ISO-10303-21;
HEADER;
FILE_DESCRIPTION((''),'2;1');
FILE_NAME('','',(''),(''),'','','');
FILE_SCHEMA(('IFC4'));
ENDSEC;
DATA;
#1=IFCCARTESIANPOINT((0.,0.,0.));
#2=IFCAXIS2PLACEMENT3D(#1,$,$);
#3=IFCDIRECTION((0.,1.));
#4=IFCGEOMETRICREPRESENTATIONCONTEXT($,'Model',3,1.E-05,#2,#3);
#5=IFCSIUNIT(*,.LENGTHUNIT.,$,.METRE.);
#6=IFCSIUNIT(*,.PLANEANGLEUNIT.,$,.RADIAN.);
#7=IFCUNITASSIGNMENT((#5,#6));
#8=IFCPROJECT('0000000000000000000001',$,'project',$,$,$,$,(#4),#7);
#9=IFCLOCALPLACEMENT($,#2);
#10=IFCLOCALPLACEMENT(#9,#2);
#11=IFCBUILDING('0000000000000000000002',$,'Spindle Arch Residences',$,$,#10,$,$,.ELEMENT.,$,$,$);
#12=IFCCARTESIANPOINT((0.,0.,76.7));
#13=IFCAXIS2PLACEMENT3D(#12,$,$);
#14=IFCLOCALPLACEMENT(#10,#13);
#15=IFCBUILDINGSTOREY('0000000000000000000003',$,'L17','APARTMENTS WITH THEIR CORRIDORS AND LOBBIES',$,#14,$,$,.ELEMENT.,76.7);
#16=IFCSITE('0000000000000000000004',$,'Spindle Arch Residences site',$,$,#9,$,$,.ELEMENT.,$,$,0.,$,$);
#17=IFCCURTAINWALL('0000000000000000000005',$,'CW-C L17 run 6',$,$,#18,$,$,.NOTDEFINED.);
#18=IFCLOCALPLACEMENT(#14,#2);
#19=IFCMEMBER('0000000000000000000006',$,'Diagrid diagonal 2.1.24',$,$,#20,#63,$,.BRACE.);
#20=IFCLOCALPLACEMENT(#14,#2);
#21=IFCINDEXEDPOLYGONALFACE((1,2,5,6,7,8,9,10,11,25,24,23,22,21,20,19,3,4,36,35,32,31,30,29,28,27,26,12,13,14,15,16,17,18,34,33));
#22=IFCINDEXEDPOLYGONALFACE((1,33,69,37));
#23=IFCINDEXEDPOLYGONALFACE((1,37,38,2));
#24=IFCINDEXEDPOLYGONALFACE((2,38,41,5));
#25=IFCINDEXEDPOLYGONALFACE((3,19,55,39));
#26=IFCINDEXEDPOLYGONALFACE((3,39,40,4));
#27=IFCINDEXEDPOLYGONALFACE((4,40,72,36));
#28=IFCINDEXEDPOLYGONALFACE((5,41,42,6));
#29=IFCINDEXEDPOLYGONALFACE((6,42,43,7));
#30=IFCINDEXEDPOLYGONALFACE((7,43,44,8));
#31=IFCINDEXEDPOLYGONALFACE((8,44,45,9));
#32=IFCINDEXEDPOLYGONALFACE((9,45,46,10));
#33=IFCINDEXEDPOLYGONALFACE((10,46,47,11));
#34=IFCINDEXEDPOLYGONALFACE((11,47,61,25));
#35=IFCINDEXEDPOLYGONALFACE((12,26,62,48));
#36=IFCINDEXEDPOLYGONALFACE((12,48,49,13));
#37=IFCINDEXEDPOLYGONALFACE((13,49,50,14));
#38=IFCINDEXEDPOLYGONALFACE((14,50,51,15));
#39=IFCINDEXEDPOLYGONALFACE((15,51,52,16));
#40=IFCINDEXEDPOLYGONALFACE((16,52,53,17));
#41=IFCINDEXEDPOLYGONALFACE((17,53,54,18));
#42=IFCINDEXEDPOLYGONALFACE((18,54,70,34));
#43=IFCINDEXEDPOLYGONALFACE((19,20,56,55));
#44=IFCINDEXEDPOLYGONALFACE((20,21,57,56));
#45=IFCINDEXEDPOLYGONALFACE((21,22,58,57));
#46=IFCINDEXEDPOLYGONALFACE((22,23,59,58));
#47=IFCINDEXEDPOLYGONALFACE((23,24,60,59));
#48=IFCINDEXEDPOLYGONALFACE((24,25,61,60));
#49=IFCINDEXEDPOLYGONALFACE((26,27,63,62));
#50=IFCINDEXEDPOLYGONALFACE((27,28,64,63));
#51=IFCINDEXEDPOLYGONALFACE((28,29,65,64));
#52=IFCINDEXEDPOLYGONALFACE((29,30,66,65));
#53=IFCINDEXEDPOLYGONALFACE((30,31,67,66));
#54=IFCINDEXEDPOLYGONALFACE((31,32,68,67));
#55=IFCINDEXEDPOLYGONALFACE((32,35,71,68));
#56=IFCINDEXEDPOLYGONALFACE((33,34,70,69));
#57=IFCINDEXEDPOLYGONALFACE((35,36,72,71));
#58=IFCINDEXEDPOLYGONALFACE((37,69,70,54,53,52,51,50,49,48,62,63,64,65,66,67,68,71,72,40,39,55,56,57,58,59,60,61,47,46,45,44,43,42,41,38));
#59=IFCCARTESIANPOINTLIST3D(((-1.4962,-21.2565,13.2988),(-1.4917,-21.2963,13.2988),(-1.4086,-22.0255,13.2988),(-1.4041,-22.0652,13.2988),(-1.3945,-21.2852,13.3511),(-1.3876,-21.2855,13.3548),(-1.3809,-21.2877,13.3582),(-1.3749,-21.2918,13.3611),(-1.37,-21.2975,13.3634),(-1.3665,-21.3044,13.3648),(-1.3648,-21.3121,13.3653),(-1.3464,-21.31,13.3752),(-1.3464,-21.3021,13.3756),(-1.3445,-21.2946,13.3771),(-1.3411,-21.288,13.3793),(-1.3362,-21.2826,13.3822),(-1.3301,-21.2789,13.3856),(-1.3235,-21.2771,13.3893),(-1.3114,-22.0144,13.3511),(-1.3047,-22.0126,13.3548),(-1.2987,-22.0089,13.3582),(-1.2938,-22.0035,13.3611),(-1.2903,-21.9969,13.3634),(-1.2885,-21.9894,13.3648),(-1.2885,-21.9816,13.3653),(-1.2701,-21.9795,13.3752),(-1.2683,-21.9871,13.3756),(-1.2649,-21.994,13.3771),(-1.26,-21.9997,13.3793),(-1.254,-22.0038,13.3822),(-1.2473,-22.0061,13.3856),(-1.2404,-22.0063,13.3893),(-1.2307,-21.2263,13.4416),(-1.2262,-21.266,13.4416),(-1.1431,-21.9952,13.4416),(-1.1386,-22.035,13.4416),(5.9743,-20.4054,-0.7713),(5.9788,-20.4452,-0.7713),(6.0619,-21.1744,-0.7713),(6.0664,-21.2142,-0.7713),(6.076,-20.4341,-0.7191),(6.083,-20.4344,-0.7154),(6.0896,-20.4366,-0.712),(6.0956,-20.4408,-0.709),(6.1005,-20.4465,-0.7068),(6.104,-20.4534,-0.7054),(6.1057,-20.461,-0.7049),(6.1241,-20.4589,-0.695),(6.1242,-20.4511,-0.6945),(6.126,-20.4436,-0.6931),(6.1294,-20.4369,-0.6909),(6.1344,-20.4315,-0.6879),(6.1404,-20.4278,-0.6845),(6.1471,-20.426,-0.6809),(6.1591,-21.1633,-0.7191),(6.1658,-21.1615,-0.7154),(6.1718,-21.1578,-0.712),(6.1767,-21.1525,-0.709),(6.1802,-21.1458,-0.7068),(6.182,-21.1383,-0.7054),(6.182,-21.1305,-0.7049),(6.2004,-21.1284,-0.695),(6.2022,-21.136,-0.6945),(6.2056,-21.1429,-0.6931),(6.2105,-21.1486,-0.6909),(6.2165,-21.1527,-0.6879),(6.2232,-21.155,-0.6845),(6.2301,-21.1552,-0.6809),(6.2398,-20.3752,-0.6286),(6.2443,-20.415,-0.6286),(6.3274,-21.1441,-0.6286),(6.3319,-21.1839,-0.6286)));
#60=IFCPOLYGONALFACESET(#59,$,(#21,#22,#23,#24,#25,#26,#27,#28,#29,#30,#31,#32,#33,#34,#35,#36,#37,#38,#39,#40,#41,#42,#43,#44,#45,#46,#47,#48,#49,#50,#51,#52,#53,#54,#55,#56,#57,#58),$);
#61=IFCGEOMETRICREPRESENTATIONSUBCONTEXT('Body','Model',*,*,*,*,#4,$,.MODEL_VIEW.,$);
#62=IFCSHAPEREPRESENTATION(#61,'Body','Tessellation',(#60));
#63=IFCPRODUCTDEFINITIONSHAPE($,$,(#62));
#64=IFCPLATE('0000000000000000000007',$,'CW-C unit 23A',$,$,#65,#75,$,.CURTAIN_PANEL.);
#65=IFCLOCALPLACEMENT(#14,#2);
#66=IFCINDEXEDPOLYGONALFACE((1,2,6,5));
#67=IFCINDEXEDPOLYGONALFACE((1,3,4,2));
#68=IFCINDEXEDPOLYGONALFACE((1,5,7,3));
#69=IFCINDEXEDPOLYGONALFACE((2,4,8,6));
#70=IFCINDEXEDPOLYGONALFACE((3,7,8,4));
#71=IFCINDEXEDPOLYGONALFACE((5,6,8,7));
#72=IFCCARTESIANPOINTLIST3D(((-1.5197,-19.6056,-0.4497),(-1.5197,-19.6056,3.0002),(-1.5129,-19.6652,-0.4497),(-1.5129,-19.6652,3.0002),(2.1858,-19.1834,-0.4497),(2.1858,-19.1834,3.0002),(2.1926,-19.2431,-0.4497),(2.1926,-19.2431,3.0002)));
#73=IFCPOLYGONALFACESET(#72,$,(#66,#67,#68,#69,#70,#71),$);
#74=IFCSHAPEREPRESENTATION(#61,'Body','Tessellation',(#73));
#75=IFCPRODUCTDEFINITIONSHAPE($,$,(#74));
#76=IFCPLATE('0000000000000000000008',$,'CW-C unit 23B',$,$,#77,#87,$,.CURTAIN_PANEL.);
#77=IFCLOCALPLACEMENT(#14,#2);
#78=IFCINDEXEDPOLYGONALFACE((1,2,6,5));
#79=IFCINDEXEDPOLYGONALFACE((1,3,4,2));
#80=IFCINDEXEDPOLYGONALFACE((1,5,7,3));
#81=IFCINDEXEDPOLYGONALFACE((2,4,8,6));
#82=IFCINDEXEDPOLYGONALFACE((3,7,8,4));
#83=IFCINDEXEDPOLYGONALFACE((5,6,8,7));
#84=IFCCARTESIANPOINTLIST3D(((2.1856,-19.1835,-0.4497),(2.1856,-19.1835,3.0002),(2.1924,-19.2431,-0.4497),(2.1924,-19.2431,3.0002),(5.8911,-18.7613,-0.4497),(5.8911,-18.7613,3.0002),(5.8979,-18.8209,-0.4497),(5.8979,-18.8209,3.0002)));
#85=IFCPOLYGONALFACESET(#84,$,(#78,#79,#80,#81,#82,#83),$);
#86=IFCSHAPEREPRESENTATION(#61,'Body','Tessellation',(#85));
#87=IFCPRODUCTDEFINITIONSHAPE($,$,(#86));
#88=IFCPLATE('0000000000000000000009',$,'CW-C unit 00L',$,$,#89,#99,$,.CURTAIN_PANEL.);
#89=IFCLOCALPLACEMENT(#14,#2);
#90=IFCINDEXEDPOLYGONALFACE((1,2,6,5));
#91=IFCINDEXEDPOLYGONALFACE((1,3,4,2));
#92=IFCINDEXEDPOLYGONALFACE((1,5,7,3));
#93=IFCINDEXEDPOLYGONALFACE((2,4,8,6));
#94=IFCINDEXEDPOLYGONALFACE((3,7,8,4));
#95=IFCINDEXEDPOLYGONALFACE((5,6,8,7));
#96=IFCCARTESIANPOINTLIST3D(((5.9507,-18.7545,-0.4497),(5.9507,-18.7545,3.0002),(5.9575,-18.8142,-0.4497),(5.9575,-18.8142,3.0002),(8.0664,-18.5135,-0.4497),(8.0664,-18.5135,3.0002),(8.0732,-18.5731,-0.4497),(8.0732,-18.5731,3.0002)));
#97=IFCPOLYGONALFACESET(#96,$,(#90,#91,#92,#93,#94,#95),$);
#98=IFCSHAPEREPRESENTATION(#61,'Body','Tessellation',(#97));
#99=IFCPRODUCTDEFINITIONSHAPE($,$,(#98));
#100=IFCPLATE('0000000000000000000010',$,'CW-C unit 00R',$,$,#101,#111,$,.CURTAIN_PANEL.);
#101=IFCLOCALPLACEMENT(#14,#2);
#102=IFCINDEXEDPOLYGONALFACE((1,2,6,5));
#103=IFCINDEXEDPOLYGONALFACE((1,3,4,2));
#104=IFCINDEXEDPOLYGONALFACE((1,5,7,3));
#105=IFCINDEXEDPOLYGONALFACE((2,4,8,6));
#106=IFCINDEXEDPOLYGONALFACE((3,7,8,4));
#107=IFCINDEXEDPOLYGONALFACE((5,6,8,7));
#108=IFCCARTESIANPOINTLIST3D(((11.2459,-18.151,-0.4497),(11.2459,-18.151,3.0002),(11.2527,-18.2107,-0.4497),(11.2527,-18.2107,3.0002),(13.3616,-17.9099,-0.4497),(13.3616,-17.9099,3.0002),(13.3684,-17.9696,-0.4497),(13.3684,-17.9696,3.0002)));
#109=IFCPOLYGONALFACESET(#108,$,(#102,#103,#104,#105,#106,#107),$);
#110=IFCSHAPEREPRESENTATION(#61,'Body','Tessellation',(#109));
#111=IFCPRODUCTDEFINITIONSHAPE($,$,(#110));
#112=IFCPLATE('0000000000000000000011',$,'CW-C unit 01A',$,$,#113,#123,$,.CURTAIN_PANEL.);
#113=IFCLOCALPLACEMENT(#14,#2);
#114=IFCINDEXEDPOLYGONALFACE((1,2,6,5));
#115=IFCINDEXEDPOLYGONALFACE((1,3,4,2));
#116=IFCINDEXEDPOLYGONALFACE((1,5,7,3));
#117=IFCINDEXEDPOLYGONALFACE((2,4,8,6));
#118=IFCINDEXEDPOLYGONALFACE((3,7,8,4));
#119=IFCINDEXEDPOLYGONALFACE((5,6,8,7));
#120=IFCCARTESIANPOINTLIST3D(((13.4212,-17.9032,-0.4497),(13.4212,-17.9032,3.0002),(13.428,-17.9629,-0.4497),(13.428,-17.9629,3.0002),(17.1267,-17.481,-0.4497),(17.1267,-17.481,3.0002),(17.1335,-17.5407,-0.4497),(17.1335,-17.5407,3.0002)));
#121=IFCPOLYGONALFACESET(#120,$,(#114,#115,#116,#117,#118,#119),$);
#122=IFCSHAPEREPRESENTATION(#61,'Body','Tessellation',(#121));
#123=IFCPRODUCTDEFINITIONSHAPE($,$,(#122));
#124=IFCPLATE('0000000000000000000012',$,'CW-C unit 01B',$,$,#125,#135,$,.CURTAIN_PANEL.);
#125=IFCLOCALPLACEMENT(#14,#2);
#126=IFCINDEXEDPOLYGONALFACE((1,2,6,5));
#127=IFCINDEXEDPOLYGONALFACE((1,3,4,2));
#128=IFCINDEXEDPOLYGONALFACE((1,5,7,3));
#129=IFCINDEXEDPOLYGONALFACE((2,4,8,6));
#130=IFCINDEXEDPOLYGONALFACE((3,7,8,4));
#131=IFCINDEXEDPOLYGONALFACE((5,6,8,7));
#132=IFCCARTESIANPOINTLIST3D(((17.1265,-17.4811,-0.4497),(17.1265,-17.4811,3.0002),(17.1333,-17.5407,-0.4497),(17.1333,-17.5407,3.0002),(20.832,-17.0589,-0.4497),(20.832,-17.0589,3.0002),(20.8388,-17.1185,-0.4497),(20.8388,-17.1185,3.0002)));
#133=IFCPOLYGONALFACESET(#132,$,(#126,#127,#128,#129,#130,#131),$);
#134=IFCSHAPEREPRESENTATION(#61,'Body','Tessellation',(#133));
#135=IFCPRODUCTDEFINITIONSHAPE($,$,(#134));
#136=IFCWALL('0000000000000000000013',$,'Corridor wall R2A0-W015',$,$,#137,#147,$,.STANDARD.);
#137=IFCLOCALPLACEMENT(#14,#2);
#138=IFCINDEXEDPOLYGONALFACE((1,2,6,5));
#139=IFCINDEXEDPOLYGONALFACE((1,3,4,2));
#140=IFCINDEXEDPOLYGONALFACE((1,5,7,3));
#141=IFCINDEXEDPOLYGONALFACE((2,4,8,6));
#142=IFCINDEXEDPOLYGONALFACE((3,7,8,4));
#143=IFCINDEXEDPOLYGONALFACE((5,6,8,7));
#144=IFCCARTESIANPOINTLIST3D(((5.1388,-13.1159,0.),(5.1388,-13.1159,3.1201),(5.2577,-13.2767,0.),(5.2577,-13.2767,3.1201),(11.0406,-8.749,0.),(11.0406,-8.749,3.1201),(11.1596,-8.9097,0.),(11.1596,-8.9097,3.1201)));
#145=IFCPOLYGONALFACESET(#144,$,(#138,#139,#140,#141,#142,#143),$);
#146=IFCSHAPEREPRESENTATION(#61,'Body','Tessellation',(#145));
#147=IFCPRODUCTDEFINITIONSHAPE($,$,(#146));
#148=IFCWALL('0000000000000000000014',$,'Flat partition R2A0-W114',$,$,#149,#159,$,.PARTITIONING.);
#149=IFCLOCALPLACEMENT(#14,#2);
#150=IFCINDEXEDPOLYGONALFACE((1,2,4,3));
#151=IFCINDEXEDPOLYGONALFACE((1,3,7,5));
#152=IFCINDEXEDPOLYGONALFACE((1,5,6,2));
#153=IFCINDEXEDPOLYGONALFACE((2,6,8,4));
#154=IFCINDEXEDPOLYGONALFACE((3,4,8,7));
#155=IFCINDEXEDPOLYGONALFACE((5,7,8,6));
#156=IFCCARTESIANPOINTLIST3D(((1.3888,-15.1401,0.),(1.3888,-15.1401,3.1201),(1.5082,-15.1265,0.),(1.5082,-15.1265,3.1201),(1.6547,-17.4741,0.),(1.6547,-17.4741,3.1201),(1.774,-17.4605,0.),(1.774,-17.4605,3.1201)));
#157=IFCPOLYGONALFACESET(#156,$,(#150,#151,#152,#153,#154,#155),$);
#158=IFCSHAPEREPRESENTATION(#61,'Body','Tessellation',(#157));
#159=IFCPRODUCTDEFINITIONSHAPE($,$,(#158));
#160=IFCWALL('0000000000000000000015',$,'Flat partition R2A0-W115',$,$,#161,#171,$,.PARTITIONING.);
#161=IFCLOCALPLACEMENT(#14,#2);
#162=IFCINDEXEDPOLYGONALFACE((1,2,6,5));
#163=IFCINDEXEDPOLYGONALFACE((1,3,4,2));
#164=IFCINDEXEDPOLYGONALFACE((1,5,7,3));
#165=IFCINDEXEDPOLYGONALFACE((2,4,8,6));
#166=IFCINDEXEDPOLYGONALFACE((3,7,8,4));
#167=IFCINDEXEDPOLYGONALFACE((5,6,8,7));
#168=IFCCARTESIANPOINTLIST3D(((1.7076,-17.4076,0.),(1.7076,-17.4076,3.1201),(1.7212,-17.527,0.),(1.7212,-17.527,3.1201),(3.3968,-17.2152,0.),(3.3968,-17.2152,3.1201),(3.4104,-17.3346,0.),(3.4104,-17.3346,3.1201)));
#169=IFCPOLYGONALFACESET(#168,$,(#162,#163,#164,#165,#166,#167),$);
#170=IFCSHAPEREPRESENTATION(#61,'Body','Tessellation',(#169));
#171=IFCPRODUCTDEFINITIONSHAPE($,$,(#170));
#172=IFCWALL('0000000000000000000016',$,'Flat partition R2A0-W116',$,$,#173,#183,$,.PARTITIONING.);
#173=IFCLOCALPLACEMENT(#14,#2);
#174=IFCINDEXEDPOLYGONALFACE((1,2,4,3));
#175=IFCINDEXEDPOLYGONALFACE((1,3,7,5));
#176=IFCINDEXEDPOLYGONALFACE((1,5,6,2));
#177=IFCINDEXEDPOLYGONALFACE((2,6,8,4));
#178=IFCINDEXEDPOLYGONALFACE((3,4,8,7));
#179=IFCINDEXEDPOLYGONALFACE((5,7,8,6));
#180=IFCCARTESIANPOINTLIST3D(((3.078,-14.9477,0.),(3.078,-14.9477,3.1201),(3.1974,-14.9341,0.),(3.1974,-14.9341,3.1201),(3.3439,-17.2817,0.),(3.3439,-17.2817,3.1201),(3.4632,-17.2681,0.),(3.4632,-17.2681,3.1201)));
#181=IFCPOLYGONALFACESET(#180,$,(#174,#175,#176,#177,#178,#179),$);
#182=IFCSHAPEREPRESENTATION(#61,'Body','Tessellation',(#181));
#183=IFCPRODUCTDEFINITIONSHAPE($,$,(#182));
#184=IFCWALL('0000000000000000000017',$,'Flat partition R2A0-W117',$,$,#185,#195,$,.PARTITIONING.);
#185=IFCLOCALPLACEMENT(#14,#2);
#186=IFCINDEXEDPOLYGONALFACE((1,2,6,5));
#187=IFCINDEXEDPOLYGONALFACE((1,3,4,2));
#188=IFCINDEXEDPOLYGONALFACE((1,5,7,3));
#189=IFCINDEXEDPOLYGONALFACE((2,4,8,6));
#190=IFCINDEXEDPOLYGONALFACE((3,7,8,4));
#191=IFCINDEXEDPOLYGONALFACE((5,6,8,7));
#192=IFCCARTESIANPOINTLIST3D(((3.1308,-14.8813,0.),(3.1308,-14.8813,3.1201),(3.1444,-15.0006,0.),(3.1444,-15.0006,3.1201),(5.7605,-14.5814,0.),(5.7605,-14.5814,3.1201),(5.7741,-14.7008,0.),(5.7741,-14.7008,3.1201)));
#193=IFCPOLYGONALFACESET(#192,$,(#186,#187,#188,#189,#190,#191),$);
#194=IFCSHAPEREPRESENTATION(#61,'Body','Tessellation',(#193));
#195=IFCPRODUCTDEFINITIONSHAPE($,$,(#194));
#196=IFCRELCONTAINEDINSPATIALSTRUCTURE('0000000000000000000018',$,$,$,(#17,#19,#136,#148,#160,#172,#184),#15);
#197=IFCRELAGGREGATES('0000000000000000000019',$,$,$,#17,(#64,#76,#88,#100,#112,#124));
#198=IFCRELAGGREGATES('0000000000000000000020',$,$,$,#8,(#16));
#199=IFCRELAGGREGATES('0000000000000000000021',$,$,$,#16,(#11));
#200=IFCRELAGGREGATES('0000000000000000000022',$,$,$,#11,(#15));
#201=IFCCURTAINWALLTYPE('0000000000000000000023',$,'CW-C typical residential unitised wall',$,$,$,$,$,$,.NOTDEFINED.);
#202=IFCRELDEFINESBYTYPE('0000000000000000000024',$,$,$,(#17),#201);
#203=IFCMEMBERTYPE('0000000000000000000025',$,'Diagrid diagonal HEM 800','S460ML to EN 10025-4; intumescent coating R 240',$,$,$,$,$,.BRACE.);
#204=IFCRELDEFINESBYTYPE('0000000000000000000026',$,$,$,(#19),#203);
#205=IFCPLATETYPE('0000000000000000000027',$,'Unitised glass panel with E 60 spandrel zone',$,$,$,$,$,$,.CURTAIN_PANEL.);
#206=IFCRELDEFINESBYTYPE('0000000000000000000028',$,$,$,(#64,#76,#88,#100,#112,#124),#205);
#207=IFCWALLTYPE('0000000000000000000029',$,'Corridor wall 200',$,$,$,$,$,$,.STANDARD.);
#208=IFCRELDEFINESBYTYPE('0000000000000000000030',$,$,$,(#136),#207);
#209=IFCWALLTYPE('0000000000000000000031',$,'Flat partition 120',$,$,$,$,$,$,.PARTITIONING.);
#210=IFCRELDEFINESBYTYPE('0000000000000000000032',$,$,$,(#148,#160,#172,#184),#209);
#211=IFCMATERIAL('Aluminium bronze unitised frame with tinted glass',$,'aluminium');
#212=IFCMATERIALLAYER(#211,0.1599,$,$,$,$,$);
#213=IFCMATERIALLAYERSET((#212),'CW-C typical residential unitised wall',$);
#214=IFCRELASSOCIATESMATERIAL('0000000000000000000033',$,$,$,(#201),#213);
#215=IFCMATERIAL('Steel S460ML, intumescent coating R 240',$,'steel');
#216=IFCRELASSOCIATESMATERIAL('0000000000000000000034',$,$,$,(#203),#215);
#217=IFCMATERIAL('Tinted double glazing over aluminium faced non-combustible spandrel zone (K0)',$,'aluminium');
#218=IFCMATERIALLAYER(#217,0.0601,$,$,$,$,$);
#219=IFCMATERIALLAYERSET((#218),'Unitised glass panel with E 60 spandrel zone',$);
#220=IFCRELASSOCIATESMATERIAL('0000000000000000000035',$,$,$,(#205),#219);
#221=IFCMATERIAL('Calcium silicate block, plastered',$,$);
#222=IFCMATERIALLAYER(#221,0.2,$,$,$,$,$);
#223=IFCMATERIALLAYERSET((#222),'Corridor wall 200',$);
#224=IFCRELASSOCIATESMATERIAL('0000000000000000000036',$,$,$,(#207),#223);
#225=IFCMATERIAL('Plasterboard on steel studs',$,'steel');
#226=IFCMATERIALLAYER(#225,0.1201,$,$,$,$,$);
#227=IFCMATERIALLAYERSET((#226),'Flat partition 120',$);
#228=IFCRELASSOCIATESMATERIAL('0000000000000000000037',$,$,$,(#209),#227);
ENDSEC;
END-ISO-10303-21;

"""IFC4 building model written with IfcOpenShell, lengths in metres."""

from ifc_helpers import new_model, si_unit, direction, frame, frame_2d, origin, origin_2d, place, context, subcontext, project, spatial, rectangle, i_section, extrude, material, layer, layer_set, material_profile, profile_set, type_object, element, aggregate, save


model = new_model("IFC4")

# Units and contexts
model_context = context("Model", 3, precision=1e-05, world=origin(), true_north=direction((0.0, 1.0)))
body_context = subcontext(model_context, "Body", "Model", "MODEL_VIEW")
ifc_project = project(units=[si_unit("LENGTHUNIT", "METRE"), si_unit("PLANEANGLEUNIT", "RADIAN")], contexts=[model_context])

# Site, building, storey
site_placement = place(None, origin())
site = spatial("IfcSite", under=ifc_project, at=site_placement, Name="Spindle Arch Residences site", CompositionType="ELEMENT", RefElevation=0.0)
building_placement = place(site_placement, origin())
building = spatial("IfcBuilding", under=site, at=building_placement, Name="Spindle Arch Residences", CompositionType="ELEMENT")
storey_placement = place(building_placement, frame((0.0, 0.0, 76.7)))
storey = spatial("IfcBuildingStorey", under=building, at=storey_placement, Name="L17", Description="APARTMENTS WITH THEIR CORRIDORS AND LOBBIES", CompositionType="ELEMENT", Elevation=76.7)

# Curtain wall
ifc_material_1 = material(Name="Aluminium bronze unitised frame with tinted glass", Category="aluminium")
ifc_layer_1 = layer(ifc_material_1, 0.1599)
ifc_layer_set_1 = layer_set([ifc_layer_1], Name="CW-C typical residential unitised wall")
curtain_wall_type = type_object("IfcCurtainWallType", Name="CW-C typical residential unitised wall", PredefinedType="NOTDEFINED", material=ifc_layer_set_1)
curtain_wall_placement = place(storey_placement, origin())
curtain_wall = element("IfcCurtainWall", 1, at=curtain_wall_placement, inside=storey, type_object=curtain_wall_type, Name="CW-C L17 run 6", PredefinedType="NOTDEFINED")

# Member
ifc_material_2 = material(Name="Steel S460ML, intumescent coating R 240", Category="steel")
ifc_material_profile_1 = material_profile(ifc_material_2, i_section(OverallWidth=0.303, OverallDepth=0.814, WebThickness=0.021, FlangeThickness=0.04, FilletRadius=0.03, at=origin_2d()), Name="HEM 800")
ifc_profile_set_1 = profile_set([ifc_material_profile_1], Name="Steel S460ML, intumescent coating R 240")
member_type_1 = type_object("IfcMemberType", Name="Diagrid diagonal HEM 800", Description="S460ML to EN 10025-4; intumescent coating R 240", PredefinedType="BRACE", material=ifc_profile_set_1)
for number, where, z_axis, x_axis, name in (
    (2, (6.1531, -20.7947, -0.7), (-0.468279, -0.053349, 0.881969), (0.8763, 0.099833, 0.471308), "Diagrid diagonal 2.1.24"),
):
    element("IfcMember", number, at=place(storey_placement, frame(where, z_axis=z_axis, x_axis=x_axis)), inside=storey, type_object=member_type_1, Name=name, PredefinedType="BRACE", context=body_context, shape_type="SweptSolid", body=[
        extrude(i_section(OverallWidth=0.303, OverallDepth=0.814, WebThickness=0.021, FlangeThickness=0.04, FilletRadius=0.03, at=origin_2d()), origin(), (0.0, 0.0, 1.0), 15.9531),
    ])

# Plates
ifc_material_3 = material(Name="Tinted double glazing over aluminium faced non-combustible spandrel zone (K0)", Category="aluminium")
ifc_layer_2 = layer(ifc_material_3, 0.0601)
ifc_layer_set_2 = layer_set([ifc_layer_2], Name="Unitised glass panel with E 60 spandrel zone")
plate_type = type_object("IfcPlateType", Name="Unitised glass panel with E 60 spandrel zone", PredefinedType="CURTAIN_PANEL", material=ifc_layer_set_2)
plate_1_placement = place(storey_placement, frame((0.3364, -19.4243, -0.4497), z_axis=(0.0, 0.0, 1.0), x_axis=(0.993572, 0.113203, 0.0)))
plate_1 = element("IfcPlate", 3, at=plate_1_placement, type_object=plate_type, Name="CW-C unit 23A", PredefinedType="CURTAIN_PANEL", context=body_context, shape_type="SweptSolid", body=[
    extrude(rectangle(XDim=3.7295, YDim=0.0601, at=origin_2d()), origin(), (0.0, 0.0, 1.0), 3.45),
])
plate_2_placement = place(storey_placement, frame((4.0417, -19.0022, -0.4497), z_axis=(0.0, 0.0, 1.0), x_axis=(0.993572, 0.113203, 0.0)))
plate_2 = element("IfcPlate", 4, at=plate_2_placement, type_object=plate_type, Name="CW-C unit 23B", PredefinedType="CURTAIN_PANEL", context=body_context, shape_type="SweptSolid", body=[
    extrude(rectangle(XDim=3.7295, YDim=0.0601, at=origin_2d()), origin(), (0.0, 0.0, 1.0), 3.45),
])
plate_3_placement = place(storey_placement, frame((7.012, -18.6638, -0.4497), z_axis=(0.0, 0.0, 1.0), x_axis=(0.993572, 0.113203, 0.0)))
plate_3 = element("IfcPlate", 5, at=plate_3_placement, type_object=plate_type, Name="CW-C unit 00L", PredefinedType="CURTAIN_PANEL", context=body_context, shape_type="SweptSolid", body=[
    extrude(rectangle(XDim=2.1294, YDim=0.0601, at=origin_2d()), origin(), (0.0, 0.0, 1.0), 3.45),
])
plate_4_placement = place(storey_placement, frame((12.3071, -18.0603, -0.4497), z_axis=(0.0, 0.0, 1.0), x_axis=(0.993572, 0.113203, 0.0)))
plate_4 = element("IfcPlate", 6, at=plate_4_placement, type_object=plate_type, Name="CW-C unit 00R", PredefinedType="CURTAIN_PANEL", context=body_context, shape_type="SweptSolid", body=[
    extrude(rectangle(XDim=2.1294, YDim=0.0601, at=origin_2d()), origin(), (0.0, 0.0, 1.0), 3.45),
])
plate_5_placement = place(storey_placement, frame((15.2773, -17.7219, -0.4497), z_axis=(0.0, 0.0, 1.0), x_axis=(0.993572, 0.113203, 0.0)))
plate_5 = element("IfcPlate", 7, at=plate_5_placement, type_object=plate_type, Name="CW-C unit 01A", PredefinedType="CURTAIN_PANEL", context=body_context, shape_type="SweptSolid", body=[
    extrude(rectangle(XDim=3.7295, YDim=0.0601, at=origin_2d()), origin(), (0.0, 0.0, 1.0), 3.45),
])
plate_6_placement = place(storey_placement, frame((18.9827, -17.2998, -0.4497), z_axis=(0.0, 0.0, 1.0), x_axis=(0.993572, 0.113203, 0.0)))
plate_6 = element("IfcPlate", 8, at=plate_6_placement, type_object=plate_type, Name="CW-C unit 01B", PredefinedType="CURTAIN_PANEL", context=body_context, shape_type="SweptSolid", body=[
    extrude(rectangle(XDim=3.7295, YDim=0.0601, at=origin_2d()), origin(), (0.0, 0.0, 1.0), 3.45),
])
aggregate(curtain_wall, [plate_1, plate_2, plate_3, plate_4, plate_5, plate_6])

# Walls
ifc_material_4 = material(Name="Calcium silicate block, plastered")
ifc_layer_3 = layer(ifc_material_4, 0.2)
ifc_layer_set_3 = layer_set([ifc_layer_3], Name="Corridor wall 200")
wall_type_1 = type_object("IfcWallType", Name="Corridor wall 200", PredefinedType="STANDARD", material=ifc_layer_set_3)
wall_1_placement = place(storey_placement, frame((5.1982, -13.1963, 0.0), z_axis=(0.0, 0.0, 1.0), x_axis=(0.80387, 0.594805, 0.0)))
element("IfcWall", 9, at=wall_1_placement, inside=storey, type_object=wall_type_1, Name="Corridor wall R2A0-W015", PredefinedType="STANDARD", context=body_context, shape_type="SweptSolid", body=[
    extrude(rectangle(XDim=7.3418, YDim=0.2, at=frame_2d((3.6709, 0.0))), origin(), (0.0, 0.0, 1.0), 3.1201),
])
ifc_material_5 = material(Name="Plasterboard on steel studs", Category="steel")
ifc_layer_4 = layer(ifc_material_5, 0.1201)
ifc_layer_set_4 = layer_set([ifc_layer_4], Name="Flat partition 120")
wall_type_2 = type_object("IfcWallType", Name="Flat partition 120", PredefinedType="PARTITIONING", material=ifc_layer_set_4)
wall_2_placement = place(storey_placement, frame((1.4485, -15.1333, 0.0), z_axis=(0.0, 0.0, 1.0), x_axis=(0.11318, -0.993574, 0.0)))
element("IfcWall", 10, at=wall_2_placement, inside=storey, type_object=wall_type_2, Name="Flat partition R2A0-W114", PredefinedType="PARTITIONING", context=body_context, shape_type="SweptSolid", body=[
    extrude(rectangle(XDim=2.3491, YDim=0.1201, at=frame_2d((1.1746, 0.0))), origin(), (0.0, 0.0, 1.0), 3.1201),
])
wall_3_placement = place(storey_placement, frame((1.7144, -17.4673, 0.0), z_axis=(0.0, 0.0, 1.0), x_axis=(0.993577, 0.113158, 0.0)))
element("IfcWall", 11, at=wall_3_placement, inside=storey, type_object=wall_type_2, Name="Flat partition R2A0-W115", PredefinedType="PARTITIONING", context=body_context, shape_type="SweptSolid", body=[
    extrude(rectangle(XDim=1.7002, YDim=0.1201, at=frame_2d((0.8501, 0.0))), origin(), (0.0, 0.0, 1.0), 3.1201),
])
wall_4_placement = place(storey_placement, frame((3.4036, -17.2749, 0.0), z_axis=(0.0, 0.0, 1.0), x_axis=(-0.11318, 0.993574, 0.0)))
element("IfcWall", 12, at=wall_4_placement, inside=storey, type_object=wall_type_2, Name="Flat partition R2A0-W116", PredefinedType="PARTITIONING", context=body_context, shape_type="SweptSolid", body=[
    extrude(rectangle(XDim=2.3491, YDim=0.1201, at=frame_2d((1.1746, 0.0))), origin(), (0.0, 0.0, 1.0), 3.1201),
])
wall_5_placement = place(storey_placement, frame((3.1377, -14.9409, 0.0), z_axis=(0.0, 0.0, 1.0), x_axis=(0.993564, 0.113276, 0.0)))
element("IfcWall", 13, at=wall_5_placement, inside=storey, type_object=wall_type_2, Name="Flat partition R2A0-W117", PredefinedType="PARTITIONING", context=body_context, shape_type="SweptSolid", body=[
    extrude(rectangle(XDim=2.6467, YDim=0.1201, at=frame_2d((1.3232, 0.0))), origin(), (0.0, 0.0, 1.0), 3.1201),
])

save(model, "model.ifc")
